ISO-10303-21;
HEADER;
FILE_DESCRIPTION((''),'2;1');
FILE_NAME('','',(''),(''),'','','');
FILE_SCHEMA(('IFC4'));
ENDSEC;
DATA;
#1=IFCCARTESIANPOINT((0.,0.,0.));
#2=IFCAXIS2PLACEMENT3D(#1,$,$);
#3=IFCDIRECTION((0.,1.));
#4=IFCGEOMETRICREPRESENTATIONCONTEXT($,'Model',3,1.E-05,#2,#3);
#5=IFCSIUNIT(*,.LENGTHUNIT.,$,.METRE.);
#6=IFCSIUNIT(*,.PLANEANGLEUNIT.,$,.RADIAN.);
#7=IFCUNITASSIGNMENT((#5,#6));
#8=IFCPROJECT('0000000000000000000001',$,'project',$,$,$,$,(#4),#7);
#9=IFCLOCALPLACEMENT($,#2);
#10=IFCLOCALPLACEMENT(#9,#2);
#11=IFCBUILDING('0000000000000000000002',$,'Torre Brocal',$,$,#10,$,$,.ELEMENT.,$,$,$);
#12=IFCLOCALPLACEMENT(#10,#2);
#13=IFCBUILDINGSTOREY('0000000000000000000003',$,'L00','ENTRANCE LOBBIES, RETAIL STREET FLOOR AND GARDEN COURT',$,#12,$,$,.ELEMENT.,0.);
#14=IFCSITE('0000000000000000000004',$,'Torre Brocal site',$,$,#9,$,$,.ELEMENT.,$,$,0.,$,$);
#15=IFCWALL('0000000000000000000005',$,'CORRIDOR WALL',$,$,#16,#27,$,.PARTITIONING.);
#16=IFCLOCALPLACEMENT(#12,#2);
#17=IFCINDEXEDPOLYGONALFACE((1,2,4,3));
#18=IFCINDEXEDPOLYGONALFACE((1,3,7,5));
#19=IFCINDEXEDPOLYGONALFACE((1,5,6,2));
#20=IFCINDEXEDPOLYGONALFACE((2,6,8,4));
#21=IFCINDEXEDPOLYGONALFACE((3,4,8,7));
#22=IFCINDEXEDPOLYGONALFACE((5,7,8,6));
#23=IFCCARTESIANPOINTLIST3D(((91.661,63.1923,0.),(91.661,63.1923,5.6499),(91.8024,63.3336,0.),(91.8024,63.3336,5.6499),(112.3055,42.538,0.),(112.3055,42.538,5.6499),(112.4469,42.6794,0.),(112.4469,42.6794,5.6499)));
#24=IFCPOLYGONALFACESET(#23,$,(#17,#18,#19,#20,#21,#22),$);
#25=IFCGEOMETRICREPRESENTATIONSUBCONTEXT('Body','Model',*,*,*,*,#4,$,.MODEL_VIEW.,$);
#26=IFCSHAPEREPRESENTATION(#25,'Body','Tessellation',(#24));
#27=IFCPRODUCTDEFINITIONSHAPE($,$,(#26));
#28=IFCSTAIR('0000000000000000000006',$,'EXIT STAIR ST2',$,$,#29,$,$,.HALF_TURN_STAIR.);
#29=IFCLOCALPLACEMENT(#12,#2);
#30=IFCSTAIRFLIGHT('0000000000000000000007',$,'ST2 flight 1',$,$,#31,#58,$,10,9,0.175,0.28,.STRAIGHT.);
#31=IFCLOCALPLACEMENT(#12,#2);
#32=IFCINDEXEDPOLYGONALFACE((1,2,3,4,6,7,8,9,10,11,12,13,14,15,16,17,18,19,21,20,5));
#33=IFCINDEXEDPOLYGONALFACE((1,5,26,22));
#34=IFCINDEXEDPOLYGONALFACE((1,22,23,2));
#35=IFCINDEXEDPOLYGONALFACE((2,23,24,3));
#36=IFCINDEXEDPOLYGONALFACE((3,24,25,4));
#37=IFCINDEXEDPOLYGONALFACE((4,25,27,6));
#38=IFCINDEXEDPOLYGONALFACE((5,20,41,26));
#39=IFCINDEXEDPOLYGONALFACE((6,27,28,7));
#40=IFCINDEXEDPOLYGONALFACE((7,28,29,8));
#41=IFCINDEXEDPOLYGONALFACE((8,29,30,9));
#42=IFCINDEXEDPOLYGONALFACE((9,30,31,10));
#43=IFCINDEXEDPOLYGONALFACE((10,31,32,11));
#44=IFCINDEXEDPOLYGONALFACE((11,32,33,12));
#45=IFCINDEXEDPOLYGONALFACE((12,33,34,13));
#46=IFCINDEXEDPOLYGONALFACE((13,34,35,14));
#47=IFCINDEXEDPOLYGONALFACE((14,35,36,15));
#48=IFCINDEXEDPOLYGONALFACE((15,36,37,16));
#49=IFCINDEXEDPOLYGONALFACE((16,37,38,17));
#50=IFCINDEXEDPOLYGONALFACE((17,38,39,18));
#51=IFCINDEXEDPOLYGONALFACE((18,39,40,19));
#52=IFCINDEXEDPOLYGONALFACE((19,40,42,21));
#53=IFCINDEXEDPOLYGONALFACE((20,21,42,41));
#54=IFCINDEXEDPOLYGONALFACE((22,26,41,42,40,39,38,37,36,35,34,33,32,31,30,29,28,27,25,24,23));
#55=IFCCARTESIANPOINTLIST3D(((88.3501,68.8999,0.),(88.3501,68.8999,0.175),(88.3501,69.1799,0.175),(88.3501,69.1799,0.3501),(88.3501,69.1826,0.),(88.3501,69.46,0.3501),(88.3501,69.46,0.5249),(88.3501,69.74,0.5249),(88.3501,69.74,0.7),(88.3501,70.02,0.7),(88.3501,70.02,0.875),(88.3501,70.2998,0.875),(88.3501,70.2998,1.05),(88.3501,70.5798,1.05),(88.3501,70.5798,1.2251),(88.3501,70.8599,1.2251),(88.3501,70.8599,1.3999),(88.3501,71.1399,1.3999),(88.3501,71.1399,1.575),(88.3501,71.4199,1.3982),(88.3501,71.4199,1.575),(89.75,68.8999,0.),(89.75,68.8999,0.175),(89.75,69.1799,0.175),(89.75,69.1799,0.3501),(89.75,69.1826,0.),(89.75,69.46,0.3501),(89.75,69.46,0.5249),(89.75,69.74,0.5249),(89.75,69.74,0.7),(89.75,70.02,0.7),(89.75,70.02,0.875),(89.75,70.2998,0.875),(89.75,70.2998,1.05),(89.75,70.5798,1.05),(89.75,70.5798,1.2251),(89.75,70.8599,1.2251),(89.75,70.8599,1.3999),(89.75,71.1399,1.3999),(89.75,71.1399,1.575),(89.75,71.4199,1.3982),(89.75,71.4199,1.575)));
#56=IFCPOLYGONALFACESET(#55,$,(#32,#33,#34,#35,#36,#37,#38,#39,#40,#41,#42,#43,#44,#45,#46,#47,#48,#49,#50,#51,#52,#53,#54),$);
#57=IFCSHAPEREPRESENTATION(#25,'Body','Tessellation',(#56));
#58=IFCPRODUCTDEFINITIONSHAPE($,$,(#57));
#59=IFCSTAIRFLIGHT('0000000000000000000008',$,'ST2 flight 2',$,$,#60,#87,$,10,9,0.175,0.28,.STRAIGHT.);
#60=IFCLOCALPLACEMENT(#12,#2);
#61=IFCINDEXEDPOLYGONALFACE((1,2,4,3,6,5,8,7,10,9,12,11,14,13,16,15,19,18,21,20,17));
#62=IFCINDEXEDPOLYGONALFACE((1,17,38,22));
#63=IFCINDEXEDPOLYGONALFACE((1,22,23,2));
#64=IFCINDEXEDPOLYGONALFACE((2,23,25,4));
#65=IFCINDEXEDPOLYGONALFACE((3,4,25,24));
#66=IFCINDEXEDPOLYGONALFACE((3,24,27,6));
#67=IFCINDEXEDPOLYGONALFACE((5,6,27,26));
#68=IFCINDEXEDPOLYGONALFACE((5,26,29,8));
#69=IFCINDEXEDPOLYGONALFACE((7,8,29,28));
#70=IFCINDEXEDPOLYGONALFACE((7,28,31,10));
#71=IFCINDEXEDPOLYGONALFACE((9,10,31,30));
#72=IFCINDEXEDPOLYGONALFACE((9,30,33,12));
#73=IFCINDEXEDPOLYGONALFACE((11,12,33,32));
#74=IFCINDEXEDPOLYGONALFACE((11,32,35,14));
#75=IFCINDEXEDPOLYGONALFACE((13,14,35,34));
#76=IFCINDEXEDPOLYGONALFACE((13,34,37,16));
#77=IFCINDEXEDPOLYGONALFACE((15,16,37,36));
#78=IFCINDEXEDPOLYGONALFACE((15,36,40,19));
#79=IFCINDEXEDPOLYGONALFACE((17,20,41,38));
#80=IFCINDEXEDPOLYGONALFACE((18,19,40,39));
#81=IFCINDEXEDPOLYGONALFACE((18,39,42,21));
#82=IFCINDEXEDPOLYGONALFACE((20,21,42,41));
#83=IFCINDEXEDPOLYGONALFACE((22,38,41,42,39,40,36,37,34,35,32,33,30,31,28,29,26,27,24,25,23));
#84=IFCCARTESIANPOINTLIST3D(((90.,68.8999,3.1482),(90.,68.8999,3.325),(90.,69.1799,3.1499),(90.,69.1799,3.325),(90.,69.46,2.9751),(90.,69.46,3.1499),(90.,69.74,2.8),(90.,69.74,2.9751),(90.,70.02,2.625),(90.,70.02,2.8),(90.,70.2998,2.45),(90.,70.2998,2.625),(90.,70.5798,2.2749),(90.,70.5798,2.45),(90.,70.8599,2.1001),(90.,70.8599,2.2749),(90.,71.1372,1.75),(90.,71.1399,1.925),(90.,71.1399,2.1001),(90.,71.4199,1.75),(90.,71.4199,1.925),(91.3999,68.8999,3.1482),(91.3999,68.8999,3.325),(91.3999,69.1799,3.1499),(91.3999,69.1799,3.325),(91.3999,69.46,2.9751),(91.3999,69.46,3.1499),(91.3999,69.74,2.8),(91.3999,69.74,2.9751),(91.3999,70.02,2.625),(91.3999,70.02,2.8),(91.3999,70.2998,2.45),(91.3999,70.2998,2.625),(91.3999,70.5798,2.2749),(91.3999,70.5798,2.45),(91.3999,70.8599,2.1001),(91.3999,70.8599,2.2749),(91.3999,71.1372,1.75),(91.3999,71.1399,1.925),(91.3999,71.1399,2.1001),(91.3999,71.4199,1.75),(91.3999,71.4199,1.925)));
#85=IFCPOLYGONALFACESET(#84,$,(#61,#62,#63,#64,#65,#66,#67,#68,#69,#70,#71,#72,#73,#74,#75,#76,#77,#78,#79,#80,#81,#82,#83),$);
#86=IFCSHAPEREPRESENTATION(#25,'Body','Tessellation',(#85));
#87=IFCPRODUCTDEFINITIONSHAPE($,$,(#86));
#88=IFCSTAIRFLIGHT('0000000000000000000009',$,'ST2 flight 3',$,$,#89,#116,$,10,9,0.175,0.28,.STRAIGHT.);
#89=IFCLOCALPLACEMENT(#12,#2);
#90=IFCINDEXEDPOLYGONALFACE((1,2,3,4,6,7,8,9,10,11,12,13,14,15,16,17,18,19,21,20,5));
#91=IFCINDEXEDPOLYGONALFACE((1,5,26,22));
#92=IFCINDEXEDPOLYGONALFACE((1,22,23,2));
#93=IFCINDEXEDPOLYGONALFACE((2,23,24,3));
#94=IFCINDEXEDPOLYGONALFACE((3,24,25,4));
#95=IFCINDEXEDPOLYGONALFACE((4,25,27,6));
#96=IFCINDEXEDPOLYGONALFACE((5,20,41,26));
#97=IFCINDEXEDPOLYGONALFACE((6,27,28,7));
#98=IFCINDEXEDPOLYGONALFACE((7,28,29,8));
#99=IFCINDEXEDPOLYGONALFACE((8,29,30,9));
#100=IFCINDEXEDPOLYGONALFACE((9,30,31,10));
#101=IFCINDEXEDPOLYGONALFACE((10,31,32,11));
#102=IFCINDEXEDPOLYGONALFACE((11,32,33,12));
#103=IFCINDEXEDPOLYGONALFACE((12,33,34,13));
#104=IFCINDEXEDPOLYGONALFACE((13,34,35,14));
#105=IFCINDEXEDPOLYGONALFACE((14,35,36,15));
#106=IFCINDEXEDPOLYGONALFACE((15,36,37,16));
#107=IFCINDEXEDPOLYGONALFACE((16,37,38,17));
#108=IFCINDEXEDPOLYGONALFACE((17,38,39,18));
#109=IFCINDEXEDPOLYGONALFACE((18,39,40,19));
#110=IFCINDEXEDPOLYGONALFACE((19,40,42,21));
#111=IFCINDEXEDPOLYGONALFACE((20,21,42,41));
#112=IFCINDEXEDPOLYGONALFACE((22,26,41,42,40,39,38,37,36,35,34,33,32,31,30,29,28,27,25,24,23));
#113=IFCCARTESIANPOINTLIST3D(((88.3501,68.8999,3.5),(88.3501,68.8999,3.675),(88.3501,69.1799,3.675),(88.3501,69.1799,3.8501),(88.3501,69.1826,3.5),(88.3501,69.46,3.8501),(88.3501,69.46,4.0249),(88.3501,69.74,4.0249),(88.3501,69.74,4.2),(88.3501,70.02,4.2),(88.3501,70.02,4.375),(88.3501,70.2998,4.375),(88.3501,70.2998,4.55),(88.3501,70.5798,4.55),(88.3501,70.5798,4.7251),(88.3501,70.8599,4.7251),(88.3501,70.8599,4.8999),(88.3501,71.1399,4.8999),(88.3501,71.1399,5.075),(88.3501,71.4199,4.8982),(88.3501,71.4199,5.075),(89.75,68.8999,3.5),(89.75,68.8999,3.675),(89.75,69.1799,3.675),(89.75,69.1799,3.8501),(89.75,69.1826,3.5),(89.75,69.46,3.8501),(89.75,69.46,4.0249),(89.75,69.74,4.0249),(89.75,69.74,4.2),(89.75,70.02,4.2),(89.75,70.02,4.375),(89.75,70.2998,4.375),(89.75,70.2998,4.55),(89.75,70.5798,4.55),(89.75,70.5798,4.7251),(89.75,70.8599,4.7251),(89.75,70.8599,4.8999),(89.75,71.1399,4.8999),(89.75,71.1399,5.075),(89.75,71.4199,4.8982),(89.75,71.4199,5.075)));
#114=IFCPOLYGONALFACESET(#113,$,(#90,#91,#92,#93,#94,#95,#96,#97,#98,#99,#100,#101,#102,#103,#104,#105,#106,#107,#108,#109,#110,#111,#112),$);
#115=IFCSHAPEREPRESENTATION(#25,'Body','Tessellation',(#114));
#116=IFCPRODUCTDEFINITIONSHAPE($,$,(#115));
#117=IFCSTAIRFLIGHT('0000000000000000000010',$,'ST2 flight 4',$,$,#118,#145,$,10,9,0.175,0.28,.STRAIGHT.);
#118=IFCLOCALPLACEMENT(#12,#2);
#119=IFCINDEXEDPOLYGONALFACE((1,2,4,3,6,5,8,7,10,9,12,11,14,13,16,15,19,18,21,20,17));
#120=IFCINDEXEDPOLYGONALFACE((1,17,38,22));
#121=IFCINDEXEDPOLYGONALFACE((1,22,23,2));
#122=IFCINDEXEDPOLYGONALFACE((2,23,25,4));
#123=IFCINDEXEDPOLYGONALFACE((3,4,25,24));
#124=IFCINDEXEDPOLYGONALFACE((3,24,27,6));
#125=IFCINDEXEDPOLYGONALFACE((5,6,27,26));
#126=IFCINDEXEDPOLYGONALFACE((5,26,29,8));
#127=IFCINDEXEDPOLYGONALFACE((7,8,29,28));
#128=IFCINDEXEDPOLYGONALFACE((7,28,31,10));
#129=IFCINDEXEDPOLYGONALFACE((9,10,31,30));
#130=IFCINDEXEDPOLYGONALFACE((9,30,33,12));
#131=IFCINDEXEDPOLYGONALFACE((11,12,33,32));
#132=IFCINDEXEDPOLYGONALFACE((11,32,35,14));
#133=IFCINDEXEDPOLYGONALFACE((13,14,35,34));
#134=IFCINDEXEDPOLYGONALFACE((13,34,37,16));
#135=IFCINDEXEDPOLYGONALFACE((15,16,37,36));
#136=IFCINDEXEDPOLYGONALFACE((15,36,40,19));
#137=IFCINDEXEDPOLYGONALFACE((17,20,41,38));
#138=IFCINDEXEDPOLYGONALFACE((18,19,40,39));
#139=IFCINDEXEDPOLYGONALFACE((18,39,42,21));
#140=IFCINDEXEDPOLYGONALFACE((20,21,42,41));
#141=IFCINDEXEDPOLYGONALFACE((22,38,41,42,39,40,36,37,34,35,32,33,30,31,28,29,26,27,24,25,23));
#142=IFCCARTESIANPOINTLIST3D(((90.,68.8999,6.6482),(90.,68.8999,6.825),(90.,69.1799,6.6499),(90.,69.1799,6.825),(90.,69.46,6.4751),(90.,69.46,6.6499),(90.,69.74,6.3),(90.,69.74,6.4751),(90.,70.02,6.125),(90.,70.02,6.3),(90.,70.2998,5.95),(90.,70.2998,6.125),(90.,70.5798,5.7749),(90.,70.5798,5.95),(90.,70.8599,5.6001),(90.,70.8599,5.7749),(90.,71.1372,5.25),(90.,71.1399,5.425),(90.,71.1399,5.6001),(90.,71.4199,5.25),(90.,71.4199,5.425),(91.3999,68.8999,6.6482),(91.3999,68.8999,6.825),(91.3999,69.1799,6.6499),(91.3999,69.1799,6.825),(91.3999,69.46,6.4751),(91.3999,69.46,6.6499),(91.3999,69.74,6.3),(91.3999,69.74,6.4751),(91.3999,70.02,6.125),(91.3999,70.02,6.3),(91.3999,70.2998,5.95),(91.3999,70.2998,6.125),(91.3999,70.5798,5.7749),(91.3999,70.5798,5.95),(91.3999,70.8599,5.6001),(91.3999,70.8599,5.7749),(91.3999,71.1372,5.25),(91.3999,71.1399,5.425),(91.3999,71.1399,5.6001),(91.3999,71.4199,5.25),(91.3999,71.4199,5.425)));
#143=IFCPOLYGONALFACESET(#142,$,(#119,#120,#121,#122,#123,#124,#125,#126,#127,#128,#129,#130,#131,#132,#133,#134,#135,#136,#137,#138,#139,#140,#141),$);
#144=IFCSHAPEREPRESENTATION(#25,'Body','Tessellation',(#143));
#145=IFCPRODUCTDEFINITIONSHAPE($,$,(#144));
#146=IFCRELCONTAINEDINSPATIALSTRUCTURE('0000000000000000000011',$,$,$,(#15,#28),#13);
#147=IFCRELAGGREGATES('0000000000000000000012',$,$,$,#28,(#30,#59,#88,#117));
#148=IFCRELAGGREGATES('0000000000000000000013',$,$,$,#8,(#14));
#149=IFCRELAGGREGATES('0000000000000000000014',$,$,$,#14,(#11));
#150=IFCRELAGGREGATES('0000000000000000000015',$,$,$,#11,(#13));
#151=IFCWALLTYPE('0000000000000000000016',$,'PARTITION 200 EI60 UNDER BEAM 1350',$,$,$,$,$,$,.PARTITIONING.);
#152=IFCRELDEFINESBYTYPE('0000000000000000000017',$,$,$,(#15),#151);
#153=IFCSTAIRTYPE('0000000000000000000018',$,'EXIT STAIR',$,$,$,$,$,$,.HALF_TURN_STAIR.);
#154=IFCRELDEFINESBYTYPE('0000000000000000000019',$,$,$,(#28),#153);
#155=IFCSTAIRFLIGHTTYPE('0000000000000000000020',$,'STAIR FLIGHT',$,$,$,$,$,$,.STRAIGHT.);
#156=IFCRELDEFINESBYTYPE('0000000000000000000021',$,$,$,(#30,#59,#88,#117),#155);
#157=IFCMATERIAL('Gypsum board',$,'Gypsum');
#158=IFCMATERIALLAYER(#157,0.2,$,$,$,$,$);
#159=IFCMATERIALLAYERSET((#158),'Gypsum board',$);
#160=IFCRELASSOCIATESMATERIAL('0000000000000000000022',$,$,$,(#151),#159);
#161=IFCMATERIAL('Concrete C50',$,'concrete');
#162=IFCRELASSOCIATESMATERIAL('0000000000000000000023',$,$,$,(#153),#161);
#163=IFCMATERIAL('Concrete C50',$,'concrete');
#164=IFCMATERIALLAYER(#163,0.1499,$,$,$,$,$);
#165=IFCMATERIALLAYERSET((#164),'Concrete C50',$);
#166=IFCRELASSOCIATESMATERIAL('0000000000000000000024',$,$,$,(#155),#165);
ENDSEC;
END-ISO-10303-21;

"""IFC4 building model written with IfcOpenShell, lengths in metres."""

from ifc_helpers import new_model, si_unit, direction, frame, frame_2d, origin, place, context, subcontext, project, spatial, polyline, rectangle, outline, extrude, material, layer, layer_set, type_object, element, aggregate, save


model = new_model("IFC4")

# Units and contexts
model_context = context("Model", 3, precision=1e-05, world=origin(), true_north=direction((0.0, 1.0)))
body_context = subcontext(model_context, "Body", "Model", "MODEL_VIEW")
ifc_project = project(units=[si_unit("LENGTHUNIT", "METRE"), si_unit("PLANEANGLEUNIT", "RADIAN")], contexts=[model_context])

# Site, building, storey
site_placement = place(None, origin())
site = spatial("IfcSite", under=ifc_project, at=site_placement, Name="Torre Brocal site", CompositionType="ELEMENT", RefElevation=0.0)
building_placement = place(site_placement, origin())
building = spatial("IfcBuilding", under=site, at=building_placement, Name="Torre Brocal", CompositionType="ELEMENT")
storey_placement = place(building_placement, origin())
storey = spatial("IfcBuildingStorey", under=building, at=storey_placement, Name="L00", Description="ENTRANCE LOBBIES, RETAIL STREET FLOOR AND GARDEN COURT", CompositionType="ELEMENT", Elevation=0.0)

# Wall
ifc_material_1 = material(Name="Gypsum board", Category="Gypsum")
ifc_layer_1 = layer(ifc_material_1, 0.2)
ifc_layer_set_1 = layer_set([ifc_layer_1], Name="Gypsum board")
wall_type_1 = type_object("IfcWallType", Name="PARTITION 200 EI60 UNDER BEAM 1350", PredefinedType="PARTITIONING", material=ifc_layer_set_1)
wall_1_placement = place(storey_placement, frame((91.7317, 63.2629, 0.0), z_axis=(0.0, 0.0, 1.0), x_axis=(0.70694, -0.707274, 0.0)))
element("IfcWall", 1, at=wall_1_placement, inside=storey, type_object=wall_type_1, Name="CORRIDOR WALL", PredefinedType="PARTITIONING", context=body_context, shape_type="SweptSolid", body=[
    extrude(rectangle(XDim=29.2026, YDim=0.2, at=frame_2d((14.6013, 0.0))), origin(), (0.0, 0.0, 1.0), 5.6499),
])

# Stair, stair flights
ifc_material_2 = material(Name="Concrete C50", Category="concrete")
stair_type = type_object("IfcStairType", Name="EXIT STAIR", PredefinedType="HALF_TURN_STAIR", material=ifc_material_2)
stair_placement = place(storey_placement, origin())
stair = element("IfcStair", 2, at=stair_placement, inside=storey, type_object=stair_type, Name="EXIT STAIR ST2", PredefinedType="HALF_TURN_STAIR")
ifc_material_3 = material(Name="Concrete C50", Category="concrete")
ifc_layer_2 = layer(ifc_material_3, 0.1499)
ifc_layer_set_2 = layer_set([ifc_layer_2], Name="Concrete C50")
stair_flight_type = type_object("IfcStairFlightType", Name="STAIR FLIGHT", PredefinedType="STRAIGHT", material=ifc_layer_set_2)
stair_flight_1_placement = place(storey_placement, frame((89.05, 68.8999, 0.0), z_axis=(0.0, 0.0, 1.0), x_axis=(0.0, 1.0, 0.0)))
stair_flight_1 = element("IfcStairFlight", 3, at=stair_flight_1_placement, type_object=stair_flight_type, Name="ST2 flight 1", NumberOfRisers=10, NumberOfTreads=9, PredefinedType="STRAIGHT", RiserHeight=0.175, TreadLength=0.28, context=body_context, shape_type="SweptSolid", body=[
    extrude(outline(polyline([(0.0, 0.0), (0.0, 0.175), (0.28, 0.175), (0.28, 0.3501), (0.5601, 0.3501), (0.5601, 0.5249), (0.8401, 0.5249), (0.8401, 0.7), (1.1201, 0.7), (1.1201, 0.875), (1.3999, 0.875), (1.3999, 1.05), (1.6799, 1.05), (1.6799, 1.2251), (1.96, 1.2251), (1.96, 1.3999), (2.24, 1.3999), (2.24, 1.575), (2.52, 1.575), (2.52, 1.75), (2.52, 1.3982), (0.2827, 0.0), (0.0, 0.0)])), frame((0.0, 0.7, 0.0), z_axis=(0.0, -1.0, 0.0), x_axis=(1.0, 0.0, 0.0)), (0.0, 0.0, 1.0), 1.3999),
])
stair_flight_2_placement = place(storey_placement, frame((90.7, 71.4199, 1.75), z_axis=(0.0, 0.0, 1.0), x_axis=(0.0, -1.0, 0.0)))
stair_flight_2 = element("IfcStairFlight", 4, at=stair_flight_2_placement, type_object=stair_flight_type, Name="ST2 flight 2", NumberOfRisers=10, NumberOfTreads=9, PredefinedType="STRAIGHT", RiserHeight=0.175, TreadLength=0.28, context=body_context, shape_type="SweptSolid", body=[
    extrude(outline(polyline([(0.0, 0.0), (0.0, 0.175), (0.28, 0.175), (0.28, 0.3501), (0.5601, 0.3501), (0.5601, 0.5249), (0.8401, 0.5249), (0.8401, 0.7), (1.1201, 0.7), (1.1201, 0.875), (1.3999, 0.875), (1.3999, 1.05), (1.6799, 1.05), (1.6799, 1.2251), (1.96, 1.2251), (1.96, 1.3999), (2.24, 1.3999), (2.24, 1.575), (2.52, 1.575), (2.52, 1.75), (2.52, 1.3982), (0.2827, 0.0), (0.0, 0.0)])), frame((0.0, 0.7, 0.0), z_axis=(0.0, -1.0, 0.0), x_axis=(1.0, 0.0, 0.0)), (0.0, 0.0, 1.0), 1.3999),
])
stair_flight_3_placement = place(storey_placement, frame((89.05, 68.8999, 3.5), z_axis=(0.0, 0.0, 1.0), x_axis=(0.0, 1.0, 0.0)))
stair_flight_3 = element("IfcStairFlight", 5, at=stair_flight_3_placement, type_object=stair_flight_type, Name="ST2 flight 3", NumberOfRisers=10, NumberOfTreads=9, PredefinedType="STRAIGHT", RiserHeight=0.175, TreadLength=0.28, context=body_context, shape_type="SweptSolid", body=[
    extrude(outline(polyline([(0.0, 0.0), (0.0, 0.175), (0.28, 0.175), (0.28, 0.3501), (0.5601, 0.3501), (0.5601, 0.5249), (0.8401, 0.5249), (0.8401, 0.7), (1.1201, 0.7), (1.1201, 0.875), (1.3999, 0.875), (1.3999, 1.05), (1.6799, 1.05), (1.6799, 1.2251), (1.96, 1.2251), (1.96, 1.3999), (2.24, 1.3999), (2.24, 1.575), (2.52, 1.575), (2.52, 1.75), (2.52, 1.3982), (0.2827, 0.0), (0.0, 0.0)])), frame((0.0, 0.7, 0.0), z_axis=(0.0, -1.0, 0.0), x_axis=(1.0, 0.0, 0.0)), (0.0, 0.0, 1.0), 1.3999),
])
stair_flight_4_placement = place(storey_placement, frame((90.7, 71.4199, 5.25), z_axis=(0.0, 0.0, 1.0), x_axis=(0.0, -1.0, 0.0)))
stair_flight_4 = element("IfcStairFlight", 6, at=stair_flight_4_placement, type_object=stair_flight_type, Name="ST2 flight 4", NumberOfRisers=10, NumberOfTreads=9, PredefinedType="STRAIGHT", RiserHeight=0.175, TreadLength=0.28, context=body_context, shape_type="SweptSolid", body=[
    extrude(outline(polyline([(0.0, 0.0), (0.0, 0.175), (0.28, 0.175), (0.28, 0.3501), (0.5601, 0.3501), (0.5601, 0.5249), (0.8401, 0.5249), (0.8401, 0.7), (1.1201, 0.7), (1.1201, 0.875), (1.3999, 0.875), (1.3999, 1.05), (1.6799, 1.05), (1.6799, 1.2251), (1.96, 1.2251), (1.96, 1.3999), (2.24, 1.3999), (2.24, 1.575), (2.52, 1.575), (2.52, 1.75), (2.52, 1.3982), (0.2827, 0.0), (0.0, 0.0)])), frame((0.0, 0.7, 0.0), z_axis=(0.0, -1.0, 0.0), x_axis=(1.0, 0.0, 0.0)), (0.0, 0.0, 1.0), 1.3999),
])
aggregate(stair, [stair_flight_1, stair_flight_2, stair_flight_3, stair_flight_4])

save(model, "model.ifc")
